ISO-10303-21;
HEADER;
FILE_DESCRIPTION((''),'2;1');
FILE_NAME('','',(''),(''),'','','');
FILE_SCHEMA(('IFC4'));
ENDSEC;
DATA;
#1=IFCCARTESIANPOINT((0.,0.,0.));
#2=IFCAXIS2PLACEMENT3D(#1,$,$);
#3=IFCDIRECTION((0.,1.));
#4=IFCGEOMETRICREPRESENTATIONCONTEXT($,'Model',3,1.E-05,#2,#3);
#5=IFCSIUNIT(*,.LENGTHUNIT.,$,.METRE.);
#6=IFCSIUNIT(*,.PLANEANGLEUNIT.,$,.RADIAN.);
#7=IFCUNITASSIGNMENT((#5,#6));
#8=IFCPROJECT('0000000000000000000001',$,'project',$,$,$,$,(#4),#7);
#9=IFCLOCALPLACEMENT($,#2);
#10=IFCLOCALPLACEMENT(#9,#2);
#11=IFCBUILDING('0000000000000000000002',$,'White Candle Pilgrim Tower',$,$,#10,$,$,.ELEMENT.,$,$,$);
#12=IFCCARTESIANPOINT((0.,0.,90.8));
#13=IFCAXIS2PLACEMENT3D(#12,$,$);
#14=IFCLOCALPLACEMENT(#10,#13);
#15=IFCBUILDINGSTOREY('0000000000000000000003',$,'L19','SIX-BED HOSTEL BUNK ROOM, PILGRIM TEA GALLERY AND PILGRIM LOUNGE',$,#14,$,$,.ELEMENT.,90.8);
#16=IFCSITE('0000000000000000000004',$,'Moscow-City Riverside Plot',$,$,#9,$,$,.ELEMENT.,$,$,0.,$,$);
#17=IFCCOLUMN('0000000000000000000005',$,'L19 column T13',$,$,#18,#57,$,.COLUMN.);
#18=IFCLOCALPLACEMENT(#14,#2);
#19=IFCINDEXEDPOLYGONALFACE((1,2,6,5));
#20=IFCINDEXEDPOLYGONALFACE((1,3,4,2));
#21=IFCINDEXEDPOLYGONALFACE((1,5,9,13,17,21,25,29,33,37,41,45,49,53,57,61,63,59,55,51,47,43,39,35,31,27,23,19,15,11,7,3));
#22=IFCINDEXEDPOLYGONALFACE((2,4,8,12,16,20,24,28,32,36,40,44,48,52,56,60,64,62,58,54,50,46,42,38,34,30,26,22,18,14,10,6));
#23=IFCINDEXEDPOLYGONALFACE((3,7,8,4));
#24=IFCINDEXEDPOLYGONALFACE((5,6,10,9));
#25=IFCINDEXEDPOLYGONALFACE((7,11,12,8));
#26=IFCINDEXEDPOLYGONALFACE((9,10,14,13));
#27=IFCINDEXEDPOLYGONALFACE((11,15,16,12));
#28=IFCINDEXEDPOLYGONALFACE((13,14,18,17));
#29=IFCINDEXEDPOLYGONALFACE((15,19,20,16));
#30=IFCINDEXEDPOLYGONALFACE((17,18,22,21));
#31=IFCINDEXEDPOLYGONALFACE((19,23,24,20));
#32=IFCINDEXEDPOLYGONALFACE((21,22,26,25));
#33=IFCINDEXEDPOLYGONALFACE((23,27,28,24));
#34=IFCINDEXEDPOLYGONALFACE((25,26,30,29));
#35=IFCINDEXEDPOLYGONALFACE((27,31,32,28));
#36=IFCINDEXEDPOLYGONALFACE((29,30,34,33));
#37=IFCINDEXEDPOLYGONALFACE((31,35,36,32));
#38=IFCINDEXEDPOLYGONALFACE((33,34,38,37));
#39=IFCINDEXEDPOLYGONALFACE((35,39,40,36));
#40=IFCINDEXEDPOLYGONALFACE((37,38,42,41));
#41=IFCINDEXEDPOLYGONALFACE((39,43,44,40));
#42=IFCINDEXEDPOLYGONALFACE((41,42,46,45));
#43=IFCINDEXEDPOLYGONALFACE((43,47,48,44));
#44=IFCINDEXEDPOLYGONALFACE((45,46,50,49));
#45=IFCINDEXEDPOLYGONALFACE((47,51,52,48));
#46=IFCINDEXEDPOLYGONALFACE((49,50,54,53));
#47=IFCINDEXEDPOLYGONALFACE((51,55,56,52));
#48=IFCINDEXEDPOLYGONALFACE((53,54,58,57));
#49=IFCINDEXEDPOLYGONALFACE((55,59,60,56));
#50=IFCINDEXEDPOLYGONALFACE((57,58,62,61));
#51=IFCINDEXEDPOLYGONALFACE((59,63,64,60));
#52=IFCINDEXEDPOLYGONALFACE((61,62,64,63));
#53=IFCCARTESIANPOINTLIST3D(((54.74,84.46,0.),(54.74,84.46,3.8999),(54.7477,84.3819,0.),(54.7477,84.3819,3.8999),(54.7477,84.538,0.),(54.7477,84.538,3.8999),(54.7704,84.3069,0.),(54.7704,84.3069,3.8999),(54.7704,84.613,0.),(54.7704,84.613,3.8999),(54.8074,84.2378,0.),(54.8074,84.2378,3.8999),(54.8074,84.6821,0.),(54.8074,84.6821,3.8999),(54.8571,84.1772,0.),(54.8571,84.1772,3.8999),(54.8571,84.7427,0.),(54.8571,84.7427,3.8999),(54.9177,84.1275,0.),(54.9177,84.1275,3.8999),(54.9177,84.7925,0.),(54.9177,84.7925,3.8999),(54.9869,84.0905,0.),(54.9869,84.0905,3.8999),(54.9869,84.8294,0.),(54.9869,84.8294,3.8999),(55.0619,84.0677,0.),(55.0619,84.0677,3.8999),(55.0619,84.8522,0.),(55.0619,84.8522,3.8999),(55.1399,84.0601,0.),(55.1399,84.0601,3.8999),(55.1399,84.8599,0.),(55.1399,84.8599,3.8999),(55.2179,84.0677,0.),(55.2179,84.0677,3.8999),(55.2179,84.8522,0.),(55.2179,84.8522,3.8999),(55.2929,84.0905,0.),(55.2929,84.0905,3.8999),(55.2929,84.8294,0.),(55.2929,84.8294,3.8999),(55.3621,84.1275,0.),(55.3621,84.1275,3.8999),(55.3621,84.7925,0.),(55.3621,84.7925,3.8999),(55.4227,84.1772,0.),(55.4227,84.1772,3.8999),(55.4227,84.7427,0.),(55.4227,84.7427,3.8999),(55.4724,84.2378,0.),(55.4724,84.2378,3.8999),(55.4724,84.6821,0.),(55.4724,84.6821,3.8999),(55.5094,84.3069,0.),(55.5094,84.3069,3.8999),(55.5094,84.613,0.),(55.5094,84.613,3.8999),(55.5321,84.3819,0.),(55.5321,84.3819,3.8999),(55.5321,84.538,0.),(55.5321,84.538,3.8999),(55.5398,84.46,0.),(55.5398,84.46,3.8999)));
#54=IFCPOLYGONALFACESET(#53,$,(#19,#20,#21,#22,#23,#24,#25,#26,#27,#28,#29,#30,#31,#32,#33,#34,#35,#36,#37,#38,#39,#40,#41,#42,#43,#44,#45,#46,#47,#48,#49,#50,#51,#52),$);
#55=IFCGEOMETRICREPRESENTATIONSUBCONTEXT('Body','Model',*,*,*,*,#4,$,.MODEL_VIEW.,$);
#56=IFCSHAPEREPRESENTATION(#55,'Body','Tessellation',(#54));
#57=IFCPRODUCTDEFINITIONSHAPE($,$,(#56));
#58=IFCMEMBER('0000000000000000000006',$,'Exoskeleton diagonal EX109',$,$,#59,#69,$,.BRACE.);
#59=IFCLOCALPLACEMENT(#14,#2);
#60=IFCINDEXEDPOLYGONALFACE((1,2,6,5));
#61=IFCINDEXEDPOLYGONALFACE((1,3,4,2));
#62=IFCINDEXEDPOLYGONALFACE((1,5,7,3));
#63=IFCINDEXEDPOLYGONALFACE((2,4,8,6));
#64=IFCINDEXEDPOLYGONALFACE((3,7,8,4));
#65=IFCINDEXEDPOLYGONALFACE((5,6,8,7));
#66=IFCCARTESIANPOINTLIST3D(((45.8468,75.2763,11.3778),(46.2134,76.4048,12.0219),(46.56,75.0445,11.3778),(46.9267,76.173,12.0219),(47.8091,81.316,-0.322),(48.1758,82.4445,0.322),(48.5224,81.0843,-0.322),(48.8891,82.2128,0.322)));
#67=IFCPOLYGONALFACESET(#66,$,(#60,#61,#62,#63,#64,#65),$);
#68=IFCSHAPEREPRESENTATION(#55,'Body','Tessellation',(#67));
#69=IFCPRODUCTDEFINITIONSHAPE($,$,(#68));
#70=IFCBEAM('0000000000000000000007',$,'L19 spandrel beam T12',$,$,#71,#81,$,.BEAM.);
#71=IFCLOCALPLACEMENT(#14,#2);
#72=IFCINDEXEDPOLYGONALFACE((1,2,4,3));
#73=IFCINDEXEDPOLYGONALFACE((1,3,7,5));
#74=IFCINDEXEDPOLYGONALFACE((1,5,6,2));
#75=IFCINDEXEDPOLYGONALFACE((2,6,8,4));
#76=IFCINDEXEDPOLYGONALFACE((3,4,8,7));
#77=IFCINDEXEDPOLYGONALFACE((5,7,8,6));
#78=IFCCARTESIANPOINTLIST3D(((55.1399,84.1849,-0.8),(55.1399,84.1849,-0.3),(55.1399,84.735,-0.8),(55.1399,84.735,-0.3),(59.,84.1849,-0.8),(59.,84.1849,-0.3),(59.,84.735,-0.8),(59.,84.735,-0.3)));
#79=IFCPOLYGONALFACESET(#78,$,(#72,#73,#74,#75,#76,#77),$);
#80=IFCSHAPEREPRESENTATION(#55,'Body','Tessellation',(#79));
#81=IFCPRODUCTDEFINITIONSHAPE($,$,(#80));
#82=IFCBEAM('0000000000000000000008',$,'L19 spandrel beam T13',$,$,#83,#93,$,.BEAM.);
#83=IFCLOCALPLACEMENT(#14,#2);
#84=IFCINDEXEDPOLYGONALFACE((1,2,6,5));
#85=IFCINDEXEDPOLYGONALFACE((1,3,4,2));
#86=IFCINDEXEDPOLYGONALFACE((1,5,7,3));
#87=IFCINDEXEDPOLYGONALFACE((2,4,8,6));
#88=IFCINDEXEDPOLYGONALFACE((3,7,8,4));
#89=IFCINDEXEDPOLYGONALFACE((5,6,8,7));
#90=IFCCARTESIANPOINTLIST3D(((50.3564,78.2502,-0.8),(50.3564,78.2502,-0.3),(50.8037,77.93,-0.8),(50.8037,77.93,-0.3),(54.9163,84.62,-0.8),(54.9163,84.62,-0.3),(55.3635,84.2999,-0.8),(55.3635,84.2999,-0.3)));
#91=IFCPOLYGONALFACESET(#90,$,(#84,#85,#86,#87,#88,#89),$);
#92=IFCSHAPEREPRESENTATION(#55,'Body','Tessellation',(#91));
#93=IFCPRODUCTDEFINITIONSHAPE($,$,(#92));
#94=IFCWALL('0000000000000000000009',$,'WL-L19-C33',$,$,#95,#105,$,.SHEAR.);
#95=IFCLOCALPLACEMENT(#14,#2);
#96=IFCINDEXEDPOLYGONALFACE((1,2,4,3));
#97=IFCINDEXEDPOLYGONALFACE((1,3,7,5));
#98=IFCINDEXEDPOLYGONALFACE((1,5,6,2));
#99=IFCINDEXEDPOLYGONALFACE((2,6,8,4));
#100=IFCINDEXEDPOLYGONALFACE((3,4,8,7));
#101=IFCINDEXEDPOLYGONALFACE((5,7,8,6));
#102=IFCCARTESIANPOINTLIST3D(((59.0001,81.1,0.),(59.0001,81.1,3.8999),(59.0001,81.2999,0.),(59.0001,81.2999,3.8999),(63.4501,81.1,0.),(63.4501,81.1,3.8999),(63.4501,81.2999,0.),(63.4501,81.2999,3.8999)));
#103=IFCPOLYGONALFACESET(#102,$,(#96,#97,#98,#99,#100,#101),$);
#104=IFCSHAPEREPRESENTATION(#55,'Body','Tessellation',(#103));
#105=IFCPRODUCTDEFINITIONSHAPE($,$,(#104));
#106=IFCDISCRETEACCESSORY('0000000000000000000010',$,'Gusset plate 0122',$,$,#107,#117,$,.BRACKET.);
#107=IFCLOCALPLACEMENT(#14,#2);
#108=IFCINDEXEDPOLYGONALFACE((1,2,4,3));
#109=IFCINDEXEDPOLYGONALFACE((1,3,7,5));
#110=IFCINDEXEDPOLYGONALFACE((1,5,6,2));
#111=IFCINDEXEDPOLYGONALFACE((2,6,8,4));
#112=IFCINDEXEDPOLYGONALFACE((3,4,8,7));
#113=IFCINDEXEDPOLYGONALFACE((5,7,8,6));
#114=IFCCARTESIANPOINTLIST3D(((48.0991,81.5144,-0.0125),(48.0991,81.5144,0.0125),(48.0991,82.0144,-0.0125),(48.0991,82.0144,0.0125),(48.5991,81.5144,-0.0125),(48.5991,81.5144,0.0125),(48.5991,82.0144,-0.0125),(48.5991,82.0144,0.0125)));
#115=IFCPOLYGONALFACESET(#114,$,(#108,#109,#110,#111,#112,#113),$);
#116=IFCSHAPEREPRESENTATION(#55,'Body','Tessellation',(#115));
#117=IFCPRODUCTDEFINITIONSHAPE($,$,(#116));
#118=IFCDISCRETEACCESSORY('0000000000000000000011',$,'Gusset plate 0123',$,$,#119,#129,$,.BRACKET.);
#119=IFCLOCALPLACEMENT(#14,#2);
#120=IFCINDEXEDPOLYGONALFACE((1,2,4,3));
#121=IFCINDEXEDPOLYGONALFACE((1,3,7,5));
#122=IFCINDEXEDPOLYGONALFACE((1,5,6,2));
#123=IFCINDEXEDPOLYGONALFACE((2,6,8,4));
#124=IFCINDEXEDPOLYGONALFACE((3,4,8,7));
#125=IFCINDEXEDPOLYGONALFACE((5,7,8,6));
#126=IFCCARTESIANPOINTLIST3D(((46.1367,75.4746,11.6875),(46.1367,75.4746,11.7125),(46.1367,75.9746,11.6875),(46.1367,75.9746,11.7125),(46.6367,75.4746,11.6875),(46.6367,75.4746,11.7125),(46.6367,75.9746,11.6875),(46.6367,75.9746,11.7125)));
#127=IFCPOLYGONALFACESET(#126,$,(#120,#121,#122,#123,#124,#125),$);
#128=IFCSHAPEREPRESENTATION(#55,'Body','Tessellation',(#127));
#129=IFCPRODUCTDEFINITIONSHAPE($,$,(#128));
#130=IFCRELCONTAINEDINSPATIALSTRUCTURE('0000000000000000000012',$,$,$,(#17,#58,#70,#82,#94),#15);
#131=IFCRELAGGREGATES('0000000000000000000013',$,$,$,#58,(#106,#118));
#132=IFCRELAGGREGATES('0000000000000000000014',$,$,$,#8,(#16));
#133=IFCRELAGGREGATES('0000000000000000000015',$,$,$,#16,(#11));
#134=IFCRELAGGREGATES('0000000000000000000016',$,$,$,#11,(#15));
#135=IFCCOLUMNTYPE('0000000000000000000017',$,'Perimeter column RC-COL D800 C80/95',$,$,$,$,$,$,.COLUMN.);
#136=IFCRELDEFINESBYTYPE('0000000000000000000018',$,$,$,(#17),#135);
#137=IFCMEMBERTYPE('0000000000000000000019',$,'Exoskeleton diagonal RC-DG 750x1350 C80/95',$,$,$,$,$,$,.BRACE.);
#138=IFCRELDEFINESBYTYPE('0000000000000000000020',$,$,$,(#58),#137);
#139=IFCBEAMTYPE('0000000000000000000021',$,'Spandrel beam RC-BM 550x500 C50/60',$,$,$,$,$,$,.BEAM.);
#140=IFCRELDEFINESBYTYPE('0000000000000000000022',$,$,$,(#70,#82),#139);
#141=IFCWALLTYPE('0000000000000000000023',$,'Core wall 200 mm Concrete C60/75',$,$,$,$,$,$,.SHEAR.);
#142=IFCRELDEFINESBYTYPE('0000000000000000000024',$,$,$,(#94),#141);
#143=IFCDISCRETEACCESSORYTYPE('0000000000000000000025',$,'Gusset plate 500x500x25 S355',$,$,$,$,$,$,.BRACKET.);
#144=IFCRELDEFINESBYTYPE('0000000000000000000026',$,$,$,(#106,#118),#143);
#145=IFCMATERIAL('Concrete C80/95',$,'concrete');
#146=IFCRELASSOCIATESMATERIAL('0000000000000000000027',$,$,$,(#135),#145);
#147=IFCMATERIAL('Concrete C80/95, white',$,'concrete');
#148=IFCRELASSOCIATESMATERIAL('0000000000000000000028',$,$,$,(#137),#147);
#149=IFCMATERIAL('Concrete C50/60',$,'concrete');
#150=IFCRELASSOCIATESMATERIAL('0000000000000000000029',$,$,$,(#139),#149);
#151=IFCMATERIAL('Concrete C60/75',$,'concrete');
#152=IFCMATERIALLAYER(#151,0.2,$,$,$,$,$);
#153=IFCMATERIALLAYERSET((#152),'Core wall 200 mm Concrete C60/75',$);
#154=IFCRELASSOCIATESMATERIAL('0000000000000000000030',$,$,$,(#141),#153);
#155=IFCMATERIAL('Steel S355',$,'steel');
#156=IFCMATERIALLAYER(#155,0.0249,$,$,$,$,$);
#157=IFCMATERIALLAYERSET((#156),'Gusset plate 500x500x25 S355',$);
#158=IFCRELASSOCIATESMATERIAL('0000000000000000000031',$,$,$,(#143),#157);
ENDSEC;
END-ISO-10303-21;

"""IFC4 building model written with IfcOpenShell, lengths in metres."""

from ifc_helpers import new_model, si_unit, direction, frame, frame_2d, origin, origin_2d, place, context, subcontext, project, spatial, rectangle, circle, extrude, material, layer, layer_set, material_profile, profile_set, type_object, element, aggregate, save


model = new_model("IFC4")

# Units and contexts
model_context = context("Model", 3, precision=1e-05, world=origin(), true_north=direction((0.0, 1.0)))
body_context = subcontext(model_context, "Body", "Model", "MODEL_VIEW")
ifc_project = project(units=[si_unit("LENGTHUNIT", "METRE"), si_unit("PLANEANGLEUNIT", "RADIAN")], contexts=[model_context])

# Site, building, storey
site_placement = place(None, origin())
site = spatial("IfcSite", under=ifc_project, at=site_placement, Name="Moscow-City Riverside Plot", CompositionType="ELEMENT", RefElevation=0.0)
building_placement = place(site_placement, origin())
building = spatial("IfcBuilding", under=site, at=building_placement, Name="White Candle Pilgrim Tower", CompositionType="ELEMENT")
storey_placement = place(building_placement, frame((0.0, 0.0, 90.8)))
storey = spatial("IfcBuildingStorey", under=building, at=storey_placement, Name="L19", Description="SIX-BED HOSTEL BUNK ROOM, PILGRIM TEA GALLERY AND PILGRIM LOUNGE", CompositionType="ELEMENT", Elevation=90.8)

# Column
ifc_material_1 = material(Name="Concrete C80/95", Category="concrete")
ifc_material_profile_1 = material_profile(ifc_material_1, circle(Radius=0.3999, at=origin_2d()), Name="RC-COL D800")
ifc_profile_set_1 = profile_set([ifc_material_profile_1], Name="Concrete C80/95")
column_type = type_object("IfcColumnType", Name="Perimeter column RC-COL D800 C80/95", PredefinedType="COLUMN", material=ifc_profile_set_1)
column_placement = place(storey_placement, frame((55.1399, 84.46, 0.0), z_axis=(0.0, 0.0, 1.0), x_axis=(1.0, 0.0, 0.0)))
element("IfcColumn", 1, at=column_placement, inside=storey, type_object=column_type, Name="L19 column T13", PredefinedType="COLUMN", context=body_context, shape_type="SweptSolid", body=[
    extrude(circle(Radius=0.3999, at=origin_2d()), origin(), (0.0, 0.0, 1.0), 3.8999),
])

# Member
ifc_material_2 = material(Name="Concrete C80/95, white", Category="concrete")
ifc_material_profile_2 = material_profile(ifc_material_2, rectangle(XDim=0.75, YDim=1.3501, at=origin_2d()), Name="RC-DG 750x1350")
ifc_profile_set_2 = profile_set([ifc_material_profile_2], Name="Concrete C80/95, white")
member_type = type_object("IfcMemberType", Name="Exoskeleton diagonal RC-DG 750x1350 C80/95", PredefinedType="BRACE", material=ifc_profile_set_2)
member_placement = place(storey_placement, frame((48.3491, 81.7644, 0.0), z_axis=(-0.147412, -0.453698, 0.878879), x_axis=(0.951059, -0.30901, 0.0)))
member = element("IfcMember", 2, at=member_placement, inside=storey, type_object=member_type, Name="Exoskeleton diagonal EX109", PredefinedType="BRACE", context=body_context, shape_type="SweptSolid", body=[
    extrude(rectangle(XDim=0.75, YDim=1.3501, at=origin_2d()), origin(), (0.0, 0.0, 1.0), 13.3123),
])

# Beams
ifc_material_3 = material(Name="Concrete C50/60", Category="concrete")
ifc_material_profile_3 = material_profile(ifc_material_3, rectangle(XDim=0.55, YDim=0.5, at=origin_2d()), Name="RC-BM 550x500")
ifc_profile_set_3 = profile_set([ifc_material_profile_3], Name="Concrete C50/60")
beam_type = type_object("IfcBeamType", Name="Spandrel beam RC-BM 550x500 C50/60", PredefinedType="BEAM", material=ifc_profile_set_3)
beam_1_placement = place(storey_placement, frame((55.1399, 84.46, -0.55), z_axis=(1.0, 0.0, 0.0), x_axis=(0.0, 1.0, 0.0)))
element("IfcBeam", 3, at=beam_1_placement, inside=storey, type_object=beam_type, Name="L19 spandrel beam T12", PredefinedType="BEAM", context=body_context, shape_type="SweptSolid", body=[
    extrude(rectangle(XDim=0.55, YDim=0.5, at=origin_2d()), origin(), (0.0, 0.0, 1.0), 3.8601),
])
beam_2_placement = place(storey_placement, frame((55.1399, 84.46, -0.55), z_axis=(-0.582075, -0.813135, 0.0), x_axis=(0.813135, -0.582075, 0.0)))
element("IfcBeam", 4, at=beam_2_placement, inside=storey, type_object=beam_type, Name="L19 spandrel beam T13", PredefinedType="BEAM", context=body_context, shape_type="SweptSolid", body=[
    extrude(rectangle(XDim=0.55, YDim=0.5, at=origin_2d()), origin(), (0.0, 0.0, 1.0), 7.8337),
])

# Wall
ifc_material_4 = material(Name="Concrete C60/75", Category="concrete")
ifc_layer_1 = layer(ifc_material_4, 0.2)
ifc_layer_set_1 = layer_set([ifc_layer_1], Name="Core wall 200 mm Concrete C60/75")
wall_type_1 = type_object("IfcWallType", Name="Core wall 200 mm Concrete C60/75", PredefinedType="SHEAR", material=ifc_layer_set_1)
wall_1_placement = place(storey_placement, frame((59.0, 81.2, 0.0), z_axis=(0.0, 0.0, 1.0), x_axis=(1.0, 0.0, 0.0)))
element("IfcWall", 5, at=wall_1_placement, inside=storey, type_object=wall_type_1, Name="WL-L19-C33", PredefinedType="SHEAR", context=body_context, shape_type="SweptSolid", body=[
    extrude(rectangle(XDim=4.45, YDim=0.2, at=frame_2d((2.2251, 0.0))), origin(), (0.0, 0.0, 1.0), 3.8999),
])

# Discrete accessories
ifc_material_5 = material(Name="Steel S355", Category="steel")
ifc_layer_2 = layer(ifc_material_5, 0.0249)
ifc_layer_set_2 = layer_set([ifc_layer_2], Name="Gusset plate 500x500x25 S355")
discrete_accessory_type = type_object("IfcDiscreteAccessoryType", Name="Gusset plate 500x500x25 S355", PredefinedType="BRACKET", material=ifc_layer_set_2)
discrete_accessory_1_placement = place(storey_placement, frame((48.3491, 81.7644, -0.0125), z_axis=(0.0, 0.0, 1.0), x_axis=(1.0, 0.0, 0.0)))
discrete_accessory_1 = element("IfcDiscreteAccessory", 6, at=discrete_accessory_1_placement, type_object=discrete_accessory_type, Name="Gusset plate 0122", PredefinedType="BRACKET", context=body_context, shape_type="SweptSolid", body=[
    extrude(rectangle(XDim=0.5, YDim=0.5, at=origin_2d()), origin(), (0.0, 0.0, 1.0), 0.0249),
])
placement = place(building_placement, frame((0.0, 0.0, 102.5)))
discrete_accessory_2_placement = place(placement, frame((46.3867, 75.7246, -0.0125), z_axis=(0.0, 0.0, 1.0), x_axis=(1.0, 0.0, 0.0)))
discrete_accessory_2 = element("IfcDiscreteAccessory", 7, at=discrete_accessory_2_placement, type_object=discrete_accessory_type, Name="Gusset plate 0123", PredefinedType="BRACKET", context=body_context, shape_type="SweptSolid", body=[
    extrude(rectangle(XDim=0.5, YDim=0.5, at=origin_2d()), origin(), (0.0, 0.0, 1.0), 0.0249),
])
aggregate(member, [discrete_accessory_1, discrete_accessory_2])

save(model, "model.ifc")
